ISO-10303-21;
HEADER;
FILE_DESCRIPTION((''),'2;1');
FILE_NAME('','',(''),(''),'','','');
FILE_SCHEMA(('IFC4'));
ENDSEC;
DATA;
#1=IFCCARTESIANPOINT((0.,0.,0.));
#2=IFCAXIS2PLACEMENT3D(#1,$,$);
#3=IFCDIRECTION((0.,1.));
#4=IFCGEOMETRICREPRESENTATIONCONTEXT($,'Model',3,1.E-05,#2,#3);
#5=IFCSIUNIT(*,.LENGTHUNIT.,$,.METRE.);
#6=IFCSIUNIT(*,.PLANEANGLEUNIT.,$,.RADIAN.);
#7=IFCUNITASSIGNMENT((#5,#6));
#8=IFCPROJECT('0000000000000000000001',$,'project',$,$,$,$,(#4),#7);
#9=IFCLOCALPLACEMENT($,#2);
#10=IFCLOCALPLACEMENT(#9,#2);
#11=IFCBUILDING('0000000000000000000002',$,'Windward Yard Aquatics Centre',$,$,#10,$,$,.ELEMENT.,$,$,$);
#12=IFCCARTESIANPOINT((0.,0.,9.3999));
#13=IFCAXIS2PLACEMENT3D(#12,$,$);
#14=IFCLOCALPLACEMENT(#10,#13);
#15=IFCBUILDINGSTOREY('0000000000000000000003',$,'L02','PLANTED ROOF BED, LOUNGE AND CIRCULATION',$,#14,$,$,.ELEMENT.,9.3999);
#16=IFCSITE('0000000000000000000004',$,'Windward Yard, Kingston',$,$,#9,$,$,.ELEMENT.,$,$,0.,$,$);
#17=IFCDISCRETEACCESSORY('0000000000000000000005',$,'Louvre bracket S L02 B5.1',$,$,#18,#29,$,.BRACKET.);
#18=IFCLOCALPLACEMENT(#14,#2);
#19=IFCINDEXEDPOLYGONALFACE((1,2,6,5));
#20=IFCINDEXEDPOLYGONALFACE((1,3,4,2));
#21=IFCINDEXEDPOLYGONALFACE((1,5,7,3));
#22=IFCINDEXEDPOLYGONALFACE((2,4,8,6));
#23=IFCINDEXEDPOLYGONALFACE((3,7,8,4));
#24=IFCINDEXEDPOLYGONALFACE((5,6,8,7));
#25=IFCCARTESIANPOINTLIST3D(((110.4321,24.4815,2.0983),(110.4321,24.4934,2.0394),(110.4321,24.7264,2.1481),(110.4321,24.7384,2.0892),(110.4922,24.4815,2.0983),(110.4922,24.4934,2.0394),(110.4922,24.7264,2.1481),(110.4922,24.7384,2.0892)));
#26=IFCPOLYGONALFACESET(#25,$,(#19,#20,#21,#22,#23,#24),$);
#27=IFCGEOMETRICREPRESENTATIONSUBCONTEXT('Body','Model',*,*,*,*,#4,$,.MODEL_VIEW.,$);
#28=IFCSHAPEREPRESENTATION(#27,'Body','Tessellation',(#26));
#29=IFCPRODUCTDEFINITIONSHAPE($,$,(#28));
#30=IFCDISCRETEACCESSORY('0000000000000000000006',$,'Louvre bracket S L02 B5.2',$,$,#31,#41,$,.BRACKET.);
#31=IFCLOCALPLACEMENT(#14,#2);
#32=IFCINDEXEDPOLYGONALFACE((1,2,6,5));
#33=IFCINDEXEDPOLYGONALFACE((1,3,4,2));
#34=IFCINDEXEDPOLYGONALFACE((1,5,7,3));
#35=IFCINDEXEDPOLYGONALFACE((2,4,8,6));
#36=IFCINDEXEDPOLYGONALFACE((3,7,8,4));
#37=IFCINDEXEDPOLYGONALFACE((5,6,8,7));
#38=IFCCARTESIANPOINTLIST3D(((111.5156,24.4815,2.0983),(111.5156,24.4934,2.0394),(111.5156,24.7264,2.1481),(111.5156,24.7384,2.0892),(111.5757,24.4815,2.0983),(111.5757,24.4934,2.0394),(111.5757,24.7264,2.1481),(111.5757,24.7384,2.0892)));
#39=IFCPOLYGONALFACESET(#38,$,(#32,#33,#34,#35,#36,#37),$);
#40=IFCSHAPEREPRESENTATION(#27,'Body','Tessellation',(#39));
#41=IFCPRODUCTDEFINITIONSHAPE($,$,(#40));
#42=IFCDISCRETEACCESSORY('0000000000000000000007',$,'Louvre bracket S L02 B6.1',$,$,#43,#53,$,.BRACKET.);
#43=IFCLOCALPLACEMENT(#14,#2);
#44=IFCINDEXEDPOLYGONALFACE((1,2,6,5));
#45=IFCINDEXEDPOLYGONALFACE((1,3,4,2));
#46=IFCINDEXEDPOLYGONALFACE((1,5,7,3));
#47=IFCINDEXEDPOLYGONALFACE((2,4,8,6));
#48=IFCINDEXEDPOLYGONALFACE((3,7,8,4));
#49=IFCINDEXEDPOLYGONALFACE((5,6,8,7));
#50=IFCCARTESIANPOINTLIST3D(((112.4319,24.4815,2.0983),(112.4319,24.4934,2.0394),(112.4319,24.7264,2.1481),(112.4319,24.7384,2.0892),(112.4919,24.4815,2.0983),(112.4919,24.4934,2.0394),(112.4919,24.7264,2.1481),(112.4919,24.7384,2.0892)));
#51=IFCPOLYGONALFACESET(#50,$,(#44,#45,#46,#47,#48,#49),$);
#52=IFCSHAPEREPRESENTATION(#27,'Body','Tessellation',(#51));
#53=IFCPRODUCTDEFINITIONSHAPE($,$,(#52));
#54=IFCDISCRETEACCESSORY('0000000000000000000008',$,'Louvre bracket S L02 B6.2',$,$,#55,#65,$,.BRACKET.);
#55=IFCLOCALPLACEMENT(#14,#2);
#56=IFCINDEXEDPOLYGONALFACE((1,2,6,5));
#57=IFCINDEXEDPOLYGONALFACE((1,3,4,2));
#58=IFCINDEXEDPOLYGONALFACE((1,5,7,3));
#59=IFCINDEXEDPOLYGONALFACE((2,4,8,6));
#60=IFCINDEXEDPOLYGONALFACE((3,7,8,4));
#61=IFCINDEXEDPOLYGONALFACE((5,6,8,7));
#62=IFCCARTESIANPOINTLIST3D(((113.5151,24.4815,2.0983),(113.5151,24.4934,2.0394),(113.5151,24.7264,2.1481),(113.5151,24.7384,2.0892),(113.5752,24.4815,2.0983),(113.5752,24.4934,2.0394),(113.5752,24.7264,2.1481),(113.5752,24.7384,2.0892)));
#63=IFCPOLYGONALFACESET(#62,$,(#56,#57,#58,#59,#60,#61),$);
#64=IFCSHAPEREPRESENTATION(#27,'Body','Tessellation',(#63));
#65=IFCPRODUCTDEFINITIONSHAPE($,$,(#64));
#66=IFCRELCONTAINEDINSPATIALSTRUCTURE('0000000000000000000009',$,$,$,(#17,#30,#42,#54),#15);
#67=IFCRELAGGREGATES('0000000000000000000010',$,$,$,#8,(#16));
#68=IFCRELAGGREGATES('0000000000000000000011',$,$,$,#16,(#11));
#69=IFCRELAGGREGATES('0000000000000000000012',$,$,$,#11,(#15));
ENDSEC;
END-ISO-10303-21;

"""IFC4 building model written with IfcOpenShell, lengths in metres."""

from ifc_helpers import new_model, si_unit, direction, frame, origin, origin_2d, place, context, subcontext, project, spatial, rectangle, extrude, element, save


model = new_model("IFC4")

# Units and contexts
model_context = context("Model", 3, precision=1e-05, world=origin(), true_north=direction((0.0, 1.0)))
body_context = subcontext(model_context, "Body", "Model", "MODEL_VIEW")
ifc_project = project(units=[si_unit("LENGTHUNIT", "METRE"), si_unit("PLANEANGLEUNIT", "RADIAN")], contexts=[model_context])

# Site, building, storey
site_placement = place(None, origin())
site = spatial("IfcSite", under=ifc_project, at=site_placement, Name="Windward Yard, Kingston", CompositionType="ELEMENT", RefElevation=0.0)
building_placement = place(site_placement, origin())
building = spatial("IfcBuilding", under=site, at=building_placement, Name="Windward Yard Aquatics Centre", CompositionType="ELEMENT")
storey_placement = place(building_placement, frame((0.0, 0.0, 9.3999)))
storey = spatial("IfcBuildingStorey", under=building, at=storey_placement, Name="L02", Description="PLANTED ROOF BED, LOUNGE AND CIRCULATION", CompositionType="ELEMENT", Elevation=9.3999)

# Discrete accessories
for number, where, z_axis, x_axis, name in (
    (1, (110.4622, 24.7324, 2.1187), (0.0, -0.979937, -0.199309), (1.0, 0.0, 0.0), "Louvre bracket S L02 B5.1"),
    (2, (111.5457, 24.7324, 2.1187), (0.0, -0.979937, -0.199309), (1.0, 0.0, 0.0), "Louvre bracket S L02 B5.2"),
    (3, (112.4619, 24.7324, 2.1187), (0.0, -0.979937, -0.199309), (1.0, 0.0, 0.0), "Louvre bracket S L02 B6.1"),
    (4, (113.5452, 24.7324, 2.1187), (0.0, -0.979937, -0.199309), (1.0, 0.0, 0.0), "Louvre bracket S L02 B6.2"),
):
    element("IfcDiscreteAccessory", number, at=place(storey_placement, frame(where, z_axis=z_axis, x_axis=x_axis)), inside=storey, Name=name, PredefinedType="BRACKET", context=body_context, shape_type="SweptSolid", body=[
        extrude(rectangle(XDim=0.0601, YDim=0.0601, at=origin_2d()), origin(), (0.0, 0.0, 1.0), 0.25),
    ])

save(model, "model.ifc")
